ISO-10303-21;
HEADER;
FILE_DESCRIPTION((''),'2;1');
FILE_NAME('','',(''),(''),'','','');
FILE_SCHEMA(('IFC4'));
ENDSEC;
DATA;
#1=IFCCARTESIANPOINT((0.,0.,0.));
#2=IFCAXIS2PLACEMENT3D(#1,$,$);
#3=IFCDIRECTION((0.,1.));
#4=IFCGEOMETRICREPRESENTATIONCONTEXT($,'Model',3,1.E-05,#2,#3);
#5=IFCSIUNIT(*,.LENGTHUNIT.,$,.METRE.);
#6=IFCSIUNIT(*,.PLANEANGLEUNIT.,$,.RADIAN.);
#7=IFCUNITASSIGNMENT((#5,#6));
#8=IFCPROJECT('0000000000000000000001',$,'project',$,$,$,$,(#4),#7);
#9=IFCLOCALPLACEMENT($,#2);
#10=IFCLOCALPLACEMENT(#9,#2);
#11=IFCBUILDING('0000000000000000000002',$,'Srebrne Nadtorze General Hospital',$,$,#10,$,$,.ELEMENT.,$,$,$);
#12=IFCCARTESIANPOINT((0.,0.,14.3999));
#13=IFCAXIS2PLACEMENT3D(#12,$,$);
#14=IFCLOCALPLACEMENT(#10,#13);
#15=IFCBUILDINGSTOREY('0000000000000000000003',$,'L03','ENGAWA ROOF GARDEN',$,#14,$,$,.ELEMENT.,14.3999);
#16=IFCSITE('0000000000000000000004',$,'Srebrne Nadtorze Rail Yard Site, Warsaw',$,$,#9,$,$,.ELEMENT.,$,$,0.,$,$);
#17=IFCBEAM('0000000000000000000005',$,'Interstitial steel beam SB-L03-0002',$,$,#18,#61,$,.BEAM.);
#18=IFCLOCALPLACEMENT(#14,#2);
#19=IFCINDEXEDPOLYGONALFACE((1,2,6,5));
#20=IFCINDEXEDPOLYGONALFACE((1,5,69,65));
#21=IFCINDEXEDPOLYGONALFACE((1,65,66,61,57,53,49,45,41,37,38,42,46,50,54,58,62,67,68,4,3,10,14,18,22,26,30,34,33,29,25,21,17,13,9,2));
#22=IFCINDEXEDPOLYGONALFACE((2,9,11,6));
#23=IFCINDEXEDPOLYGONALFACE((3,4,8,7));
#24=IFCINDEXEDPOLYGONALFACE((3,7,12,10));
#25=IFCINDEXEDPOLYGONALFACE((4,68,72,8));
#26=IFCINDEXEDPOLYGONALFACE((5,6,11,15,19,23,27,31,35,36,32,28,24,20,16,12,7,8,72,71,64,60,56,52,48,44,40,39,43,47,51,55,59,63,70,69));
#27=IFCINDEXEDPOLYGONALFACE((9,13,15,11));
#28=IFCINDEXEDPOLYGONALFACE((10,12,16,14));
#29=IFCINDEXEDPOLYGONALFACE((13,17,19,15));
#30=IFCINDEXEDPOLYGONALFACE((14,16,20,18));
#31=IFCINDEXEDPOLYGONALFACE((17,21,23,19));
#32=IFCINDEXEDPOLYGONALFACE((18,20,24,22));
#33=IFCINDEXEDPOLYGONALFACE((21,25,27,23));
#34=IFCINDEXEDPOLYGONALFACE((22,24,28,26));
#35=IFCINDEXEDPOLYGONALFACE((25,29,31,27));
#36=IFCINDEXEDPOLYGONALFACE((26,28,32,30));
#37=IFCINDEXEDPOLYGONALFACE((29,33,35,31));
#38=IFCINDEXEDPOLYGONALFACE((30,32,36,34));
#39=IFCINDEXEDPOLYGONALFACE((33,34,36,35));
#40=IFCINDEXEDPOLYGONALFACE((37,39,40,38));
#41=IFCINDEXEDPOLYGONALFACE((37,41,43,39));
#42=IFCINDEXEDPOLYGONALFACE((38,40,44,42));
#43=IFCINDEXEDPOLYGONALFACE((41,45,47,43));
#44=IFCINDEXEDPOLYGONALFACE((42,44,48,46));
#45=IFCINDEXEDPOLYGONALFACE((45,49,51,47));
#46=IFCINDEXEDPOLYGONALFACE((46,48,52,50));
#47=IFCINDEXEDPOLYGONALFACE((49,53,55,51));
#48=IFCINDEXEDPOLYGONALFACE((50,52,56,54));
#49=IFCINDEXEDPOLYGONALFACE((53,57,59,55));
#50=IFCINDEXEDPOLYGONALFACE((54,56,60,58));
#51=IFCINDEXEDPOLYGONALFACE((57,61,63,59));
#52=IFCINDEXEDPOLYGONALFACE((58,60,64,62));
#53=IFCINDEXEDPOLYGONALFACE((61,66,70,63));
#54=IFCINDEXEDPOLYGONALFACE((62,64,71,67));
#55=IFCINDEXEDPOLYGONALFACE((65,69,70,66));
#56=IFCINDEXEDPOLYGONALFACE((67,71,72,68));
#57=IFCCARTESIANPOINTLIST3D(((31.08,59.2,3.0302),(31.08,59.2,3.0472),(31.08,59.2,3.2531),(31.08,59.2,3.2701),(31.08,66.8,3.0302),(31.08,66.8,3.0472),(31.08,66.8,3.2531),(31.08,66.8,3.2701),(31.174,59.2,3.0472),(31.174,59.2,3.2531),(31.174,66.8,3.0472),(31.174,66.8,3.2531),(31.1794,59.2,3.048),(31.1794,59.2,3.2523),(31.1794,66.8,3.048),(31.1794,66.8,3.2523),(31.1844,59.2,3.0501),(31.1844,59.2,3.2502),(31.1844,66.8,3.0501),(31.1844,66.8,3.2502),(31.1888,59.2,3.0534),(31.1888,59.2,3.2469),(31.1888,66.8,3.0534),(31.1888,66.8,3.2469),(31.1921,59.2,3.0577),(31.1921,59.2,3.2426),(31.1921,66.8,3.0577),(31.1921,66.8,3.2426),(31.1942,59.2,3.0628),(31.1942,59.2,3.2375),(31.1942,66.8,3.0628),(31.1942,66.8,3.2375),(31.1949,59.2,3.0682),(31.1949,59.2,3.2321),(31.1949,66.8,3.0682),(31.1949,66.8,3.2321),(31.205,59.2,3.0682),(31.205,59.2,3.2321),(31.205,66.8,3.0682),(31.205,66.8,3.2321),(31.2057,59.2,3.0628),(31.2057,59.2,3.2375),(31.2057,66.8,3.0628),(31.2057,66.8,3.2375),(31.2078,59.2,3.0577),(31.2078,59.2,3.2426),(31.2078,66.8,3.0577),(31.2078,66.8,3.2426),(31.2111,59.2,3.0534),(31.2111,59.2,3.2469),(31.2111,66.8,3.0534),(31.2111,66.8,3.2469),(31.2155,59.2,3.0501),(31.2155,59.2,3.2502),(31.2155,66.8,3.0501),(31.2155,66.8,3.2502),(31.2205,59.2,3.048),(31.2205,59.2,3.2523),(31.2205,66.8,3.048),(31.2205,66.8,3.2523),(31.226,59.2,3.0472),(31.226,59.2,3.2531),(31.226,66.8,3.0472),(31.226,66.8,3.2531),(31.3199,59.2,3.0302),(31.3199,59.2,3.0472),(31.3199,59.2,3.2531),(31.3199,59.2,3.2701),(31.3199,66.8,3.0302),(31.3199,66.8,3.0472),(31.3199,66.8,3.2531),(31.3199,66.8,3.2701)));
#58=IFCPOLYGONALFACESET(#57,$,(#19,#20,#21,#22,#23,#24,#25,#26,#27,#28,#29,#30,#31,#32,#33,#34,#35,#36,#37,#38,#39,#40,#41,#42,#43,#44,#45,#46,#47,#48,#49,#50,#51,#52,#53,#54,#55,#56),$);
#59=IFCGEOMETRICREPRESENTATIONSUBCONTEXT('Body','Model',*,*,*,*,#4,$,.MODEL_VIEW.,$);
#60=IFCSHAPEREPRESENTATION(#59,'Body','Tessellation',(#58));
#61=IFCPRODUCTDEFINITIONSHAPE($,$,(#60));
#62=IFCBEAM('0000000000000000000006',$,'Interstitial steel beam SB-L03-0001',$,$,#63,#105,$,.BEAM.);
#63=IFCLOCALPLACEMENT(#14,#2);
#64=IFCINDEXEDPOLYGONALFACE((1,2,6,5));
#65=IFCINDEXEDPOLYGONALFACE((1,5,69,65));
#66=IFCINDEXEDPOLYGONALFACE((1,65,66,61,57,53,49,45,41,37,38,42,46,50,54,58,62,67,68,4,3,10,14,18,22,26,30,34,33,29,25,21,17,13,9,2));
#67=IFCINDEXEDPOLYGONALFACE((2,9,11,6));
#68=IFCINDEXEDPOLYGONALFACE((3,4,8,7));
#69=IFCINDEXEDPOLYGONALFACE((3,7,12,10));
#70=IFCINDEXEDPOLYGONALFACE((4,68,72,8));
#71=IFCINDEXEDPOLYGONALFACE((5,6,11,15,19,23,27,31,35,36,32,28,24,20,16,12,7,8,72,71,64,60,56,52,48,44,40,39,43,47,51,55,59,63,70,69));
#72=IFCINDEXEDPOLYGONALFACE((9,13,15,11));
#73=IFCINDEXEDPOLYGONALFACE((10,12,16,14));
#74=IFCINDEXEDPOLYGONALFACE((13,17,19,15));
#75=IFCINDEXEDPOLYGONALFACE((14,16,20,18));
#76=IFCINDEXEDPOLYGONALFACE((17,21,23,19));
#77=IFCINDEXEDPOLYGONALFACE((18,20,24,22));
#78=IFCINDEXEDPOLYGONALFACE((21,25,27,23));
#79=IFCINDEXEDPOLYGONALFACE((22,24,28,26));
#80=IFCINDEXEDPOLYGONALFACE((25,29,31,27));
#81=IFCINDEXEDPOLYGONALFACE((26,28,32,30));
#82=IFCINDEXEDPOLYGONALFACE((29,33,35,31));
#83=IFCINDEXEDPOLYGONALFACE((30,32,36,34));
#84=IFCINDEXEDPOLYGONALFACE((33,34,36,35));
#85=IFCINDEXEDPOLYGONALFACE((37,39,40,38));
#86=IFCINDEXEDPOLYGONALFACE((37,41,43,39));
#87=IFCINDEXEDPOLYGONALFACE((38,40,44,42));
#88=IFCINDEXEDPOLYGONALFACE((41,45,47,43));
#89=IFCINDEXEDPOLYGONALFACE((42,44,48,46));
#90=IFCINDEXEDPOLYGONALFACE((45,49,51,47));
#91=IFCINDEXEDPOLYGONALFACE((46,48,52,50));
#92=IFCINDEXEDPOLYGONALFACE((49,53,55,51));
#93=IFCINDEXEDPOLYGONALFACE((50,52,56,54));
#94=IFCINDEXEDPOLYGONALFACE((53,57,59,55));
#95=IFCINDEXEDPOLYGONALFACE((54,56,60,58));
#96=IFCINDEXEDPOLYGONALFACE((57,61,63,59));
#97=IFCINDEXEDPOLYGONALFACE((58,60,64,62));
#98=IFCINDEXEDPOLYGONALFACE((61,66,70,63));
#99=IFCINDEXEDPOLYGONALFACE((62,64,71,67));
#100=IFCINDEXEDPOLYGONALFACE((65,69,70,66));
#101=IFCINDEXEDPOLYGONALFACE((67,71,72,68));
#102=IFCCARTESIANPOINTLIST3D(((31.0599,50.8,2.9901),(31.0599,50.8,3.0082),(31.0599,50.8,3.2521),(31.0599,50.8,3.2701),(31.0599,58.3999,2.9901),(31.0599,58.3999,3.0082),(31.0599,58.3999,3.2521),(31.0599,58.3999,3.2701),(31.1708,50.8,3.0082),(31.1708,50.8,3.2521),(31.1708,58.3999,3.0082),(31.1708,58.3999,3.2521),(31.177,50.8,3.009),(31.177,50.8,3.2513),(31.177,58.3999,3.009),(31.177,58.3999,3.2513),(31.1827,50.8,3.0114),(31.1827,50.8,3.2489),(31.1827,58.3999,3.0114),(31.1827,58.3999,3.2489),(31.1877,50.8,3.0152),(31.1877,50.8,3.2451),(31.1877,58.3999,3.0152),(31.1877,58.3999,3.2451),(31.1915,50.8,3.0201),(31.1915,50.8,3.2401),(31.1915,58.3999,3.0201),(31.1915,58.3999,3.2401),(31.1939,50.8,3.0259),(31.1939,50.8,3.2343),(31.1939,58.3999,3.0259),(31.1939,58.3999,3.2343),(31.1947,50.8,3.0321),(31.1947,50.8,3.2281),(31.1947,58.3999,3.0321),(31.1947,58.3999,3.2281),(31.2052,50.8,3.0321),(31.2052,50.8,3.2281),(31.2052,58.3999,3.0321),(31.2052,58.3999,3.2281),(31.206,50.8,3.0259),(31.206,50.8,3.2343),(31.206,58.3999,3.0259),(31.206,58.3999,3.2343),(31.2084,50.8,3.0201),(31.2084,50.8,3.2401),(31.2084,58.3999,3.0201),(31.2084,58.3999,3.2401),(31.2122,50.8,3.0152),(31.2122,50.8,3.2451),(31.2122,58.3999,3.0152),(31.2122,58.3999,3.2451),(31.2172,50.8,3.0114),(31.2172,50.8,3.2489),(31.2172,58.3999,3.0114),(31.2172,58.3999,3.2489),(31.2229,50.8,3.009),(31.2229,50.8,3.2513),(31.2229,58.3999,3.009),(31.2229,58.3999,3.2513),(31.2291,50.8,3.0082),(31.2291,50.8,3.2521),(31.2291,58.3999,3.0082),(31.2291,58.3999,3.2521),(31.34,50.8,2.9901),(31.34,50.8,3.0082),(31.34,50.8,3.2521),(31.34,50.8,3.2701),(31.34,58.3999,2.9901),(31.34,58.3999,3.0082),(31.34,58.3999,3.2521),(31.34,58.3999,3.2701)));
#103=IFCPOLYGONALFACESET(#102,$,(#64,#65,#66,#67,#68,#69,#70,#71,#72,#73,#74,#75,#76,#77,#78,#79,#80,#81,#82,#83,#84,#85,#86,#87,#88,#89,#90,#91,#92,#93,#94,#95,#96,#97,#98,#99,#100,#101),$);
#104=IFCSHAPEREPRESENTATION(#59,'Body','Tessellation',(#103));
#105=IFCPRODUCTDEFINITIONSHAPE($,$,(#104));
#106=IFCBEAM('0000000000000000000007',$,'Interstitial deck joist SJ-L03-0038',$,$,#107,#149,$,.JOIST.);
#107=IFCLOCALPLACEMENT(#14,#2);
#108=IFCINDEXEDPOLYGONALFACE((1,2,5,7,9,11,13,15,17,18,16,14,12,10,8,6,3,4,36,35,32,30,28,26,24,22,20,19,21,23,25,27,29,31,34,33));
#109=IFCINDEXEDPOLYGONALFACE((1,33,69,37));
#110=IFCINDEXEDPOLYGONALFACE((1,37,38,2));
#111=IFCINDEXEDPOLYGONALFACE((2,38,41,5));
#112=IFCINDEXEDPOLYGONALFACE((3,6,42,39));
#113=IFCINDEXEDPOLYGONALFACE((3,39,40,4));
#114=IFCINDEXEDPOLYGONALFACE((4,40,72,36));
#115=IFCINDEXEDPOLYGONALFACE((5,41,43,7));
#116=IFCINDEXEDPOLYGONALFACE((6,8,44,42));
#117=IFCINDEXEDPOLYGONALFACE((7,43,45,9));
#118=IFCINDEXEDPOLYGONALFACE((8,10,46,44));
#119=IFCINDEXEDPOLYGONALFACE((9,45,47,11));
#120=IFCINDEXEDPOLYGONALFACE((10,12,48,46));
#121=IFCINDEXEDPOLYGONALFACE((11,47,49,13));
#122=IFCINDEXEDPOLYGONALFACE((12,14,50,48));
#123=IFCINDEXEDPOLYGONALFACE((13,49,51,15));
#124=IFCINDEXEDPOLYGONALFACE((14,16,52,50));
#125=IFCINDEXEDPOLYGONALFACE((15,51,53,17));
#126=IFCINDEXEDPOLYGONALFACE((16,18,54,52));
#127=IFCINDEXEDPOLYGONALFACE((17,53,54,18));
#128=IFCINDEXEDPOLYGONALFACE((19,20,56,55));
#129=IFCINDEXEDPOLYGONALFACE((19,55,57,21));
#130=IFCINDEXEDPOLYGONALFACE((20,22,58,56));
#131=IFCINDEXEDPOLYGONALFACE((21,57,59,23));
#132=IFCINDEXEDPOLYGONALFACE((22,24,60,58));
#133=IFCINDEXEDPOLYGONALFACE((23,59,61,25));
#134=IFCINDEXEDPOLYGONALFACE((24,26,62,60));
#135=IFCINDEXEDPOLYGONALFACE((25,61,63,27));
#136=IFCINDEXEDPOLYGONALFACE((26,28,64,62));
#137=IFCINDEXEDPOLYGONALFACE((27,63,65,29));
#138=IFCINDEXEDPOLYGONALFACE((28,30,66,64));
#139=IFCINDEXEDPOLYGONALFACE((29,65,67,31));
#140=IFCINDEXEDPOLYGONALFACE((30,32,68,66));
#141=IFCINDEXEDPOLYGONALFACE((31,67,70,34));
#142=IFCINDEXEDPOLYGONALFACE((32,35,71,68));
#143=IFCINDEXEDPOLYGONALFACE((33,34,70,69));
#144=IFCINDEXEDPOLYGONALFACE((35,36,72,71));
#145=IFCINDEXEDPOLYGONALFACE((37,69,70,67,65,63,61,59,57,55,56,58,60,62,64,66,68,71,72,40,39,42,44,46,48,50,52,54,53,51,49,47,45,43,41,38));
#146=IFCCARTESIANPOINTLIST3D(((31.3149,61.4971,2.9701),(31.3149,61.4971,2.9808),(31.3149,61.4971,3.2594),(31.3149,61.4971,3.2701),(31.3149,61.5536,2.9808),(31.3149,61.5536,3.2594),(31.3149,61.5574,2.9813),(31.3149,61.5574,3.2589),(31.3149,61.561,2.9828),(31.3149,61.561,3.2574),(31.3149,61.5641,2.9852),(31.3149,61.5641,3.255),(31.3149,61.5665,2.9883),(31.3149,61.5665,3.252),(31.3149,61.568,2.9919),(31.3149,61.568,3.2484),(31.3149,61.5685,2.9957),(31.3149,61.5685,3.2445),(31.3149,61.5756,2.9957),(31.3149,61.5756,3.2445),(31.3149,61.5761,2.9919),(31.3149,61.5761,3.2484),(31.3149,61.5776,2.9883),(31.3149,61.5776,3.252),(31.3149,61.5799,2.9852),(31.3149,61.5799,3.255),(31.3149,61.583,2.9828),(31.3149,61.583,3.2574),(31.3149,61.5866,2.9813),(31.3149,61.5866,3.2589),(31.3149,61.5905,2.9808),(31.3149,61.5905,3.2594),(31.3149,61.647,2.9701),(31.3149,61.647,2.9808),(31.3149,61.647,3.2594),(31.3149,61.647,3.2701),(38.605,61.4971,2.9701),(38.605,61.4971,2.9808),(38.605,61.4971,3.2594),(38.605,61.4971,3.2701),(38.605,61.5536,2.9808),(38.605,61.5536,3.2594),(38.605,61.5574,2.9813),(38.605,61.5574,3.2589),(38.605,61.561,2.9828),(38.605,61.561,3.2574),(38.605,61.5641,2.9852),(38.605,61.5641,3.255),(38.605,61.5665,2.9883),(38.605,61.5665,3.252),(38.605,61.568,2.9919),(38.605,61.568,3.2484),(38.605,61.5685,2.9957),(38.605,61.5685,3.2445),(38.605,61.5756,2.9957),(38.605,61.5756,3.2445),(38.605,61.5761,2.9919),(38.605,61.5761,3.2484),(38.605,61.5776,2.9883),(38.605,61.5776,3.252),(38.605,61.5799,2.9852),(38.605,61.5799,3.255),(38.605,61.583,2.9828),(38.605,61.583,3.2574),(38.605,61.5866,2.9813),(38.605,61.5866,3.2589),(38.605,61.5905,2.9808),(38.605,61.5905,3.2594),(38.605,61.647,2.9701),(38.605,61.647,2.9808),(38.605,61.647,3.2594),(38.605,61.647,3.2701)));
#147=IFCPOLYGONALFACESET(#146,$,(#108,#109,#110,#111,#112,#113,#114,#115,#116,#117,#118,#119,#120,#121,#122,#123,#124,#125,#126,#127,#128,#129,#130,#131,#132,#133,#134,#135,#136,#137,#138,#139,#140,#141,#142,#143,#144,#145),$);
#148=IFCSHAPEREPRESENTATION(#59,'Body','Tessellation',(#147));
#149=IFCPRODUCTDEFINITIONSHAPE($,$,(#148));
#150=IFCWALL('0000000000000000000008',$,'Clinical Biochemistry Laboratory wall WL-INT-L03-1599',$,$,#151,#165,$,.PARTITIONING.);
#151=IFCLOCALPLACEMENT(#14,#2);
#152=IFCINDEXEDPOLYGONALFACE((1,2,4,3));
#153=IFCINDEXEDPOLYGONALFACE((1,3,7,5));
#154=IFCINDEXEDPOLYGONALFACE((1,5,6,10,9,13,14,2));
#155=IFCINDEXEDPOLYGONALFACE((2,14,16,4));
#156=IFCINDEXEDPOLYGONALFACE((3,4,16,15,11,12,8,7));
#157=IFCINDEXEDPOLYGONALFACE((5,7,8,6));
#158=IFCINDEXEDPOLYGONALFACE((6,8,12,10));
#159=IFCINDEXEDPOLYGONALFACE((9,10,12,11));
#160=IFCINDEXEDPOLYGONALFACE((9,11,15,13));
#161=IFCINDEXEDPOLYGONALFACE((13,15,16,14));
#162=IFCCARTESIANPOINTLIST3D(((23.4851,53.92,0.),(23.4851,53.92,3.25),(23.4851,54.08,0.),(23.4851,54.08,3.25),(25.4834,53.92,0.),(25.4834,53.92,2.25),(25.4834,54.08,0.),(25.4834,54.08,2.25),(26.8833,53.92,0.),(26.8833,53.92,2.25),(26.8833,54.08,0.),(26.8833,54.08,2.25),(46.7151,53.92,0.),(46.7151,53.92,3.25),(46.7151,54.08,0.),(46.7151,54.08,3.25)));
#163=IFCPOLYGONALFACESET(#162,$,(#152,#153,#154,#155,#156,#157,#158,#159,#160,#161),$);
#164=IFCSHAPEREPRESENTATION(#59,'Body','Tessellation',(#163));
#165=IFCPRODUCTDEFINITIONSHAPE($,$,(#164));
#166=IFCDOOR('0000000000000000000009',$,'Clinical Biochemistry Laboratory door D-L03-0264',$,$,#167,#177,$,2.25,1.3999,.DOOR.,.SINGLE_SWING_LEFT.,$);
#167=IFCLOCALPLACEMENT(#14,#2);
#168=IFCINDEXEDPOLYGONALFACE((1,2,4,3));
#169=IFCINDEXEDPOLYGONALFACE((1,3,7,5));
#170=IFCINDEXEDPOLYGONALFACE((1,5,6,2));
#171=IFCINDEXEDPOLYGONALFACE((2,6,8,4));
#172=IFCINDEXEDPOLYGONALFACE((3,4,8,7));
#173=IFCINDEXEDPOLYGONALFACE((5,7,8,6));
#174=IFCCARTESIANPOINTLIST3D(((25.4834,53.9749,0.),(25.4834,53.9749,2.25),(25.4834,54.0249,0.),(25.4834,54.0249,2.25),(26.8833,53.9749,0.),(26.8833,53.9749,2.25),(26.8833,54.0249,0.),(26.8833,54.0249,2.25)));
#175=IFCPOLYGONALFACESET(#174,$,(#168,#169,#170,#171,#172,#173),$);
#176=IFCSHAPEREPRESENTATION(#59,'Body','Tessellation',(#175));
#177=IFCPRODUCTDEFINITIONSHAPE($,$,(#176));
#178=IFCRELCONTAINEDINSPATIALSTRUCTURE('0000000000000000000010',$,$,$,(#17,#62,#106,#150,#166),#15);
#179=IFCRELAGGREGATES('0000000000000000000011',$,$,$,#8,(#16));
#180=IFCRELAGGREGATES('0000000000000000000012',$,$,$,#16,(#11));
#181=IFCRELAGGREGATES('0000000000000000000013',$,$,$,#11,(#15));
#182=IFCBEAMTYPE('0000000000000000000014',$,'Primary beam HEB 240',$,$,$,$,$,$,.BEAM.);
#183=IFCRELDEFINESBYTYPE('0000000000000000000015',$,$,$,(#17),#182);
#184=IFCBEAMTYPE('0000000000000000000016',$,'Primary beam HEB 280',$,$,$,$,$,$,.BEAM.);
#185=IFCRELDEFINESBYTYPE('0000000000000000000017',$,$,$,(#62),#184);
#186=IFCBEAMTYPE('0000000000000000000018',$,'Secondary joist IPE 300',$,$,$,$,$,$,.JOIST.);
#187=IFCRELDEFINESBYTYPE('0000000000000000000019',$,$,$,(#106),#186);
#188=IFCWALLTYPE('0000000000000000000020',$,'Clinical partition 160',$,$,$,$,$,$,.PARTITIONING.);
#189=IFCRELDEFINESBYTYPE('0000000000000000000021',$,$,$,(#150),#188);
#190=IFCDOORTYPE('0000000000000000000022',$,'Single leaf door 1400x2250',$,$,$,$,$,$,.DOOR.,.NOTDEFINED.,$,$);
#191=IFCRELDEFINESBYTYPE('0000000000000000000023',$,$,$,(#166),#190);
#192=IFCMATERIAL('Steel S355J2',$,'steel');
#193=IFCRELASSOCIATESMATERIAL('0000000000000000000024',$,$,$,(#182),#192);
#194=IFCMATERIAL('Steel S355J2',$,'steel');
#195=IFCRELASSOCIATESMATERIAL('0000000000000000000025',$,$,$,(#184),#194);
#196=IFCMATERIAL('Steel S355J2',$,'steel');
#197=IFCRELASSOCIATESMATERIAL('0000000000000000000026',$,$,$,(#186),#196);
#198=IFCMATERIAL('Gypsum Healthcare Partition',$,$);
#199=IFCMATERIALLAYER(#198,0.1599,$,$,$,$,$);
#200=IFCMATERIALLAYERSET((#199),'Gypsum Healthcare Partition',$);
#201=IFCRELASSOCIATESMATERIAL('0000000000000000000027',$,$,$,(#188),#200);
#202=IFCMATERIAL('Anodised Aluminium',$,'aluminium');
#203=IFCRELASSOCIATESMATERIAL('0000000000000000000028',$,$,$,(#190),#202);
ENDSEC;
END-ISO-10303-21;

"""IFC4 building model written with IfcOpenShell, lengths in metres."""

from ifc_helpers import new_model, si_unit, direction, frame, frame_2d, origin, origin_2d, place, context, subcontext, project, spatial, rectangle, i_section, extrude, material, layer, layer_set, material_profile, profile_set, type_object, element, fill, save


model = new_model("IFC4")

# Units and contexts
model_context = context("Model", 3, precision=1e-05, world=origin(), true_north=direction((0.0, 1.0)))
body_context = subcontext(model_context, "Body", "Model", "MODEL_VIEW")
ifc_project = project(units=[si_unit("LENGTHUNIT", "METRE"), si_unit("PLANEANGLEUNIT", "RADIAN")], contexts=[model_context])

# Site, building, storey
site_placement = place(None, origin())
site = spatial("IfcSite", under=ifc_project, at=site_placement, Name="Srebrne Nadtorze Rail Yard Site, Warsaw", CompositionType="ELEMENT", RefElevation=0.0)
building_placement = place(site_placement, origin())
building = spatial("IfcBuilding", under=site, at=building_placement, Name="Srebrne Nadtorze General Hospital", CompositionType="ELEMENT")
storey_placement = place(building_placement, frame((0.0, 0.0, 14.3999)))
storey = spatial("IfcBuildingStorey", under=building, at=storey_placement, Name="L03", Description="ENGAWA ROOF GARDEN", CompositionType="ELEMENT", Elevation=14.3999)

# Beams
ifc_material_1 = material(Name="Steel S355J2", Category="steel")
ifc_material_profile_1 = material_profile(ifc_material_1, i_section(OverallWidth=0.24, OverallDepth=0.24, WebThickness=0.01, FlangeThickness=0.0171, FilletRadius=0.021, at=origin_2d()), Name="HEB-240")
ifc_profile_set_1 = profile_set([ifc_material_profile_1], Name="Steel S355J2")
beam_type_1 = type_object("IfcBeamType", Name="Primary beam HEB 240", PredefinedType="BEAM", material=ifc_profile_set_1)
beam_1_placement = place(storey_placement, frame((31.2, 59.2, 3.1501), z_axis=(0.0, 1.0, 0.0), x_axis=(-1.0, 0.0, 0.0)))
element("IfcBeam", 1, at=beam_1_placement, inside=storey, type_object=beam_type_1, Name="Interstitial steel beam SB-L03-0002", PredefinedType="BEAM", context=body_context, shape_type="SweptSolid", body=[
    extrude(i_section(OverallWidth=0.24, OverallDepth=0.24, WebThickness=0.01, FlangeThickness=0.0171, FilletRadius=0.021, at=origin_2d()), origin(), (0.0, 0.0, 1.0), 7.6001),
])
ifc_material_2 = material(Name="Steel S355J2", Category="steel")
ifc_material_profile_2 = material_profile(ifc_material_2, i_section(OverallWidth=0.28, OverallDepth=0.28, WebThickness=0.0105, FlangeThickness=0.0181, FilletRadius=0.0239, at=origin_2d()), Name="HEB-280")
ifc_profile_set_2 = profile_set([ifc_material_profile_2], Name="Steel S355J2")
beam_type_2 = type_object("IfcBeamType", Name="Primary beam HEB 280", PredefinedType="BEAM", material=ifc_profile_set_2)
beam_2_placement = place(storey_placement, frame((31.2, 50.8, 3.1301), z_axis=(0.0, 1.0, 0.0), x_axis=(-1.0, 0.0, 0.0)))
element("IfcBeam", 2, at=beam_2_placement, inside=storey, type_object=beam_type_2, Name="Interstitial steel beam SB-L03-0001", PredefinedType="BEAM", context=body_context, shape_type="SweptSolid", body=[
    extrude(i_section(OverallWidth=0.28, OverallDepth=0.28, WebThickness=0.0105, FlangeThickness=0.0181, FilletRadius=0.0239, at=origin_2d()), origin(), (0.0, 0.0, 1.0), 7.5999),
])
ifc_material_3 = material(Name="Steel S355J2", Category="steel")
ifc_material_profile_3 = material_profile(ifc_material_3, i_section(OverallWidth=0.1499, OverallDepth=0.3, WebThickness=0.0071, FlangeThickness=0.0107, FilletRadius=0.0149, at=origin_2d()), Name="IPE-300")
ifc_profile_set_3 = profile_set([ifc_material_profile_3], Name="Steel S355J2")
beam_type_3 = type_object("IfcBeamType", Name="Secondary joist IPE 300", PredefinedType="JOIST", material=ifc_profile_set_3)
beam_3_placement = place(storey_placement, frame((31.3149, 61.572, 3.1201), z_axis=(1.0, 0.0, 0.0), x_axis=(0.0, 1.0, 0.0)))
element("IfcBeam", 3, at=beam_3_placement, inside=storey, type_object=beam_type_3, Name="Interstitial deck joist SJ-L03-0038", PredefinedType="JOIST", context=body_context, shape_type="SweptSolid", body=[
    extrude(i_section(OverallWidth=0.1499, OverallDepth=0.3, WebThickness=0.0071, FlangeThickness=0.0107, FilletRadius=0.0149, at=origin_2d()), origin(), (0.0, 0.0, 1.0), 7.29),
])

# Wall, opening, door
ifc_material_4 = material(Name="Gypsum Healthcare Partition")
ifc_layer_1 = layer(ifc_material_4, 0.1599)
ifc_layer_set_1 = layer_set([ifc_layer_1], Name="Gypsum Healthcare Partition")
wall_type_1 = type_object("IfcWallType", Name="Clinical partition 160", PredefinedType="PARTITIONING", material=ifc_layer_set_1)
wall_1_placement = place(storey_placement, frame((23.4851, 54.0, 0.0), z_axis=(0.0, 0.0, 1.0), x_axis=(1.0, 0.0, 0.0)))
wall_1 = element("IfcWall", 4, at=wall_1_placement, inside=storey, type_object=wall_type_1, Name="Clinical Biochemistry Laboratory wall WL-INT-L03-1599", PredefinedType="PARTITIONING", context=body_context, shape_type="SweptSolid", body=[
    extrude(rectangle(XDim=23.23, YDim=0.1599, at=frame_2d((11.615, 0.0))), origin(), (0.0, 0.0, 1.0), 3.25),
])
opening_1_placement = place(wall_1_placement, frame((1.9983, 0.0, 0.0)))
opening_1 = element("IfcOpeningElement", 5, at=opening_1_placement, cuts=wall_1, PredefinedType="OPENING", context=body_context, shape_type="SweptSolid", body=[
    extrude(rectangle(XDim=1.3999, YDim=2.25, at=frame_2d((0.7, 1.125))), frame((0.0, 0.0918, 0.0), z_axis=(0.0, -1.0, 0.0), x_axis=(1.0, 0.0, 0.0)), (0.0, 0.0, 1.0), 0.1838),
])
ifc_material_5 = material(Name="Anodised Aluminium", Category="aluminium")
door_type = type_object("IfcDoorType", Name="Single leaf door 1400x2250", OperationType="NOTDEFINED", PredefinedType="DOOR", material=ifc_material_5)
door_placement = place(opening_1_placement, origin())
door = element("IfcDoor", 6, at=door_placement, inside=storey, type_object=door_type, Name="Clinical Biochemistry Laboratory door D-L03-0264", OperationType="SINGLE_SWING_LEFT", OverallHeight=2.25, OverallWidth=1.3999, PredefinedType="DOOR", context=body_context, shape_type="SweptSolid", body=[
    extrude(rectangle(XDim=1.3999, YDim=2.25, at=frame_2d((0.7, 1.125))), frame((0.0, 0.0249, 0.0), z_axis=(0.0, -1.0, 0.0), x_axis=(1.0, 0.0, 0.0)), (0.0, 0.0, 1.0), 0.05),
])
fill(opening_1, door)

save(model, "model.ifc")
